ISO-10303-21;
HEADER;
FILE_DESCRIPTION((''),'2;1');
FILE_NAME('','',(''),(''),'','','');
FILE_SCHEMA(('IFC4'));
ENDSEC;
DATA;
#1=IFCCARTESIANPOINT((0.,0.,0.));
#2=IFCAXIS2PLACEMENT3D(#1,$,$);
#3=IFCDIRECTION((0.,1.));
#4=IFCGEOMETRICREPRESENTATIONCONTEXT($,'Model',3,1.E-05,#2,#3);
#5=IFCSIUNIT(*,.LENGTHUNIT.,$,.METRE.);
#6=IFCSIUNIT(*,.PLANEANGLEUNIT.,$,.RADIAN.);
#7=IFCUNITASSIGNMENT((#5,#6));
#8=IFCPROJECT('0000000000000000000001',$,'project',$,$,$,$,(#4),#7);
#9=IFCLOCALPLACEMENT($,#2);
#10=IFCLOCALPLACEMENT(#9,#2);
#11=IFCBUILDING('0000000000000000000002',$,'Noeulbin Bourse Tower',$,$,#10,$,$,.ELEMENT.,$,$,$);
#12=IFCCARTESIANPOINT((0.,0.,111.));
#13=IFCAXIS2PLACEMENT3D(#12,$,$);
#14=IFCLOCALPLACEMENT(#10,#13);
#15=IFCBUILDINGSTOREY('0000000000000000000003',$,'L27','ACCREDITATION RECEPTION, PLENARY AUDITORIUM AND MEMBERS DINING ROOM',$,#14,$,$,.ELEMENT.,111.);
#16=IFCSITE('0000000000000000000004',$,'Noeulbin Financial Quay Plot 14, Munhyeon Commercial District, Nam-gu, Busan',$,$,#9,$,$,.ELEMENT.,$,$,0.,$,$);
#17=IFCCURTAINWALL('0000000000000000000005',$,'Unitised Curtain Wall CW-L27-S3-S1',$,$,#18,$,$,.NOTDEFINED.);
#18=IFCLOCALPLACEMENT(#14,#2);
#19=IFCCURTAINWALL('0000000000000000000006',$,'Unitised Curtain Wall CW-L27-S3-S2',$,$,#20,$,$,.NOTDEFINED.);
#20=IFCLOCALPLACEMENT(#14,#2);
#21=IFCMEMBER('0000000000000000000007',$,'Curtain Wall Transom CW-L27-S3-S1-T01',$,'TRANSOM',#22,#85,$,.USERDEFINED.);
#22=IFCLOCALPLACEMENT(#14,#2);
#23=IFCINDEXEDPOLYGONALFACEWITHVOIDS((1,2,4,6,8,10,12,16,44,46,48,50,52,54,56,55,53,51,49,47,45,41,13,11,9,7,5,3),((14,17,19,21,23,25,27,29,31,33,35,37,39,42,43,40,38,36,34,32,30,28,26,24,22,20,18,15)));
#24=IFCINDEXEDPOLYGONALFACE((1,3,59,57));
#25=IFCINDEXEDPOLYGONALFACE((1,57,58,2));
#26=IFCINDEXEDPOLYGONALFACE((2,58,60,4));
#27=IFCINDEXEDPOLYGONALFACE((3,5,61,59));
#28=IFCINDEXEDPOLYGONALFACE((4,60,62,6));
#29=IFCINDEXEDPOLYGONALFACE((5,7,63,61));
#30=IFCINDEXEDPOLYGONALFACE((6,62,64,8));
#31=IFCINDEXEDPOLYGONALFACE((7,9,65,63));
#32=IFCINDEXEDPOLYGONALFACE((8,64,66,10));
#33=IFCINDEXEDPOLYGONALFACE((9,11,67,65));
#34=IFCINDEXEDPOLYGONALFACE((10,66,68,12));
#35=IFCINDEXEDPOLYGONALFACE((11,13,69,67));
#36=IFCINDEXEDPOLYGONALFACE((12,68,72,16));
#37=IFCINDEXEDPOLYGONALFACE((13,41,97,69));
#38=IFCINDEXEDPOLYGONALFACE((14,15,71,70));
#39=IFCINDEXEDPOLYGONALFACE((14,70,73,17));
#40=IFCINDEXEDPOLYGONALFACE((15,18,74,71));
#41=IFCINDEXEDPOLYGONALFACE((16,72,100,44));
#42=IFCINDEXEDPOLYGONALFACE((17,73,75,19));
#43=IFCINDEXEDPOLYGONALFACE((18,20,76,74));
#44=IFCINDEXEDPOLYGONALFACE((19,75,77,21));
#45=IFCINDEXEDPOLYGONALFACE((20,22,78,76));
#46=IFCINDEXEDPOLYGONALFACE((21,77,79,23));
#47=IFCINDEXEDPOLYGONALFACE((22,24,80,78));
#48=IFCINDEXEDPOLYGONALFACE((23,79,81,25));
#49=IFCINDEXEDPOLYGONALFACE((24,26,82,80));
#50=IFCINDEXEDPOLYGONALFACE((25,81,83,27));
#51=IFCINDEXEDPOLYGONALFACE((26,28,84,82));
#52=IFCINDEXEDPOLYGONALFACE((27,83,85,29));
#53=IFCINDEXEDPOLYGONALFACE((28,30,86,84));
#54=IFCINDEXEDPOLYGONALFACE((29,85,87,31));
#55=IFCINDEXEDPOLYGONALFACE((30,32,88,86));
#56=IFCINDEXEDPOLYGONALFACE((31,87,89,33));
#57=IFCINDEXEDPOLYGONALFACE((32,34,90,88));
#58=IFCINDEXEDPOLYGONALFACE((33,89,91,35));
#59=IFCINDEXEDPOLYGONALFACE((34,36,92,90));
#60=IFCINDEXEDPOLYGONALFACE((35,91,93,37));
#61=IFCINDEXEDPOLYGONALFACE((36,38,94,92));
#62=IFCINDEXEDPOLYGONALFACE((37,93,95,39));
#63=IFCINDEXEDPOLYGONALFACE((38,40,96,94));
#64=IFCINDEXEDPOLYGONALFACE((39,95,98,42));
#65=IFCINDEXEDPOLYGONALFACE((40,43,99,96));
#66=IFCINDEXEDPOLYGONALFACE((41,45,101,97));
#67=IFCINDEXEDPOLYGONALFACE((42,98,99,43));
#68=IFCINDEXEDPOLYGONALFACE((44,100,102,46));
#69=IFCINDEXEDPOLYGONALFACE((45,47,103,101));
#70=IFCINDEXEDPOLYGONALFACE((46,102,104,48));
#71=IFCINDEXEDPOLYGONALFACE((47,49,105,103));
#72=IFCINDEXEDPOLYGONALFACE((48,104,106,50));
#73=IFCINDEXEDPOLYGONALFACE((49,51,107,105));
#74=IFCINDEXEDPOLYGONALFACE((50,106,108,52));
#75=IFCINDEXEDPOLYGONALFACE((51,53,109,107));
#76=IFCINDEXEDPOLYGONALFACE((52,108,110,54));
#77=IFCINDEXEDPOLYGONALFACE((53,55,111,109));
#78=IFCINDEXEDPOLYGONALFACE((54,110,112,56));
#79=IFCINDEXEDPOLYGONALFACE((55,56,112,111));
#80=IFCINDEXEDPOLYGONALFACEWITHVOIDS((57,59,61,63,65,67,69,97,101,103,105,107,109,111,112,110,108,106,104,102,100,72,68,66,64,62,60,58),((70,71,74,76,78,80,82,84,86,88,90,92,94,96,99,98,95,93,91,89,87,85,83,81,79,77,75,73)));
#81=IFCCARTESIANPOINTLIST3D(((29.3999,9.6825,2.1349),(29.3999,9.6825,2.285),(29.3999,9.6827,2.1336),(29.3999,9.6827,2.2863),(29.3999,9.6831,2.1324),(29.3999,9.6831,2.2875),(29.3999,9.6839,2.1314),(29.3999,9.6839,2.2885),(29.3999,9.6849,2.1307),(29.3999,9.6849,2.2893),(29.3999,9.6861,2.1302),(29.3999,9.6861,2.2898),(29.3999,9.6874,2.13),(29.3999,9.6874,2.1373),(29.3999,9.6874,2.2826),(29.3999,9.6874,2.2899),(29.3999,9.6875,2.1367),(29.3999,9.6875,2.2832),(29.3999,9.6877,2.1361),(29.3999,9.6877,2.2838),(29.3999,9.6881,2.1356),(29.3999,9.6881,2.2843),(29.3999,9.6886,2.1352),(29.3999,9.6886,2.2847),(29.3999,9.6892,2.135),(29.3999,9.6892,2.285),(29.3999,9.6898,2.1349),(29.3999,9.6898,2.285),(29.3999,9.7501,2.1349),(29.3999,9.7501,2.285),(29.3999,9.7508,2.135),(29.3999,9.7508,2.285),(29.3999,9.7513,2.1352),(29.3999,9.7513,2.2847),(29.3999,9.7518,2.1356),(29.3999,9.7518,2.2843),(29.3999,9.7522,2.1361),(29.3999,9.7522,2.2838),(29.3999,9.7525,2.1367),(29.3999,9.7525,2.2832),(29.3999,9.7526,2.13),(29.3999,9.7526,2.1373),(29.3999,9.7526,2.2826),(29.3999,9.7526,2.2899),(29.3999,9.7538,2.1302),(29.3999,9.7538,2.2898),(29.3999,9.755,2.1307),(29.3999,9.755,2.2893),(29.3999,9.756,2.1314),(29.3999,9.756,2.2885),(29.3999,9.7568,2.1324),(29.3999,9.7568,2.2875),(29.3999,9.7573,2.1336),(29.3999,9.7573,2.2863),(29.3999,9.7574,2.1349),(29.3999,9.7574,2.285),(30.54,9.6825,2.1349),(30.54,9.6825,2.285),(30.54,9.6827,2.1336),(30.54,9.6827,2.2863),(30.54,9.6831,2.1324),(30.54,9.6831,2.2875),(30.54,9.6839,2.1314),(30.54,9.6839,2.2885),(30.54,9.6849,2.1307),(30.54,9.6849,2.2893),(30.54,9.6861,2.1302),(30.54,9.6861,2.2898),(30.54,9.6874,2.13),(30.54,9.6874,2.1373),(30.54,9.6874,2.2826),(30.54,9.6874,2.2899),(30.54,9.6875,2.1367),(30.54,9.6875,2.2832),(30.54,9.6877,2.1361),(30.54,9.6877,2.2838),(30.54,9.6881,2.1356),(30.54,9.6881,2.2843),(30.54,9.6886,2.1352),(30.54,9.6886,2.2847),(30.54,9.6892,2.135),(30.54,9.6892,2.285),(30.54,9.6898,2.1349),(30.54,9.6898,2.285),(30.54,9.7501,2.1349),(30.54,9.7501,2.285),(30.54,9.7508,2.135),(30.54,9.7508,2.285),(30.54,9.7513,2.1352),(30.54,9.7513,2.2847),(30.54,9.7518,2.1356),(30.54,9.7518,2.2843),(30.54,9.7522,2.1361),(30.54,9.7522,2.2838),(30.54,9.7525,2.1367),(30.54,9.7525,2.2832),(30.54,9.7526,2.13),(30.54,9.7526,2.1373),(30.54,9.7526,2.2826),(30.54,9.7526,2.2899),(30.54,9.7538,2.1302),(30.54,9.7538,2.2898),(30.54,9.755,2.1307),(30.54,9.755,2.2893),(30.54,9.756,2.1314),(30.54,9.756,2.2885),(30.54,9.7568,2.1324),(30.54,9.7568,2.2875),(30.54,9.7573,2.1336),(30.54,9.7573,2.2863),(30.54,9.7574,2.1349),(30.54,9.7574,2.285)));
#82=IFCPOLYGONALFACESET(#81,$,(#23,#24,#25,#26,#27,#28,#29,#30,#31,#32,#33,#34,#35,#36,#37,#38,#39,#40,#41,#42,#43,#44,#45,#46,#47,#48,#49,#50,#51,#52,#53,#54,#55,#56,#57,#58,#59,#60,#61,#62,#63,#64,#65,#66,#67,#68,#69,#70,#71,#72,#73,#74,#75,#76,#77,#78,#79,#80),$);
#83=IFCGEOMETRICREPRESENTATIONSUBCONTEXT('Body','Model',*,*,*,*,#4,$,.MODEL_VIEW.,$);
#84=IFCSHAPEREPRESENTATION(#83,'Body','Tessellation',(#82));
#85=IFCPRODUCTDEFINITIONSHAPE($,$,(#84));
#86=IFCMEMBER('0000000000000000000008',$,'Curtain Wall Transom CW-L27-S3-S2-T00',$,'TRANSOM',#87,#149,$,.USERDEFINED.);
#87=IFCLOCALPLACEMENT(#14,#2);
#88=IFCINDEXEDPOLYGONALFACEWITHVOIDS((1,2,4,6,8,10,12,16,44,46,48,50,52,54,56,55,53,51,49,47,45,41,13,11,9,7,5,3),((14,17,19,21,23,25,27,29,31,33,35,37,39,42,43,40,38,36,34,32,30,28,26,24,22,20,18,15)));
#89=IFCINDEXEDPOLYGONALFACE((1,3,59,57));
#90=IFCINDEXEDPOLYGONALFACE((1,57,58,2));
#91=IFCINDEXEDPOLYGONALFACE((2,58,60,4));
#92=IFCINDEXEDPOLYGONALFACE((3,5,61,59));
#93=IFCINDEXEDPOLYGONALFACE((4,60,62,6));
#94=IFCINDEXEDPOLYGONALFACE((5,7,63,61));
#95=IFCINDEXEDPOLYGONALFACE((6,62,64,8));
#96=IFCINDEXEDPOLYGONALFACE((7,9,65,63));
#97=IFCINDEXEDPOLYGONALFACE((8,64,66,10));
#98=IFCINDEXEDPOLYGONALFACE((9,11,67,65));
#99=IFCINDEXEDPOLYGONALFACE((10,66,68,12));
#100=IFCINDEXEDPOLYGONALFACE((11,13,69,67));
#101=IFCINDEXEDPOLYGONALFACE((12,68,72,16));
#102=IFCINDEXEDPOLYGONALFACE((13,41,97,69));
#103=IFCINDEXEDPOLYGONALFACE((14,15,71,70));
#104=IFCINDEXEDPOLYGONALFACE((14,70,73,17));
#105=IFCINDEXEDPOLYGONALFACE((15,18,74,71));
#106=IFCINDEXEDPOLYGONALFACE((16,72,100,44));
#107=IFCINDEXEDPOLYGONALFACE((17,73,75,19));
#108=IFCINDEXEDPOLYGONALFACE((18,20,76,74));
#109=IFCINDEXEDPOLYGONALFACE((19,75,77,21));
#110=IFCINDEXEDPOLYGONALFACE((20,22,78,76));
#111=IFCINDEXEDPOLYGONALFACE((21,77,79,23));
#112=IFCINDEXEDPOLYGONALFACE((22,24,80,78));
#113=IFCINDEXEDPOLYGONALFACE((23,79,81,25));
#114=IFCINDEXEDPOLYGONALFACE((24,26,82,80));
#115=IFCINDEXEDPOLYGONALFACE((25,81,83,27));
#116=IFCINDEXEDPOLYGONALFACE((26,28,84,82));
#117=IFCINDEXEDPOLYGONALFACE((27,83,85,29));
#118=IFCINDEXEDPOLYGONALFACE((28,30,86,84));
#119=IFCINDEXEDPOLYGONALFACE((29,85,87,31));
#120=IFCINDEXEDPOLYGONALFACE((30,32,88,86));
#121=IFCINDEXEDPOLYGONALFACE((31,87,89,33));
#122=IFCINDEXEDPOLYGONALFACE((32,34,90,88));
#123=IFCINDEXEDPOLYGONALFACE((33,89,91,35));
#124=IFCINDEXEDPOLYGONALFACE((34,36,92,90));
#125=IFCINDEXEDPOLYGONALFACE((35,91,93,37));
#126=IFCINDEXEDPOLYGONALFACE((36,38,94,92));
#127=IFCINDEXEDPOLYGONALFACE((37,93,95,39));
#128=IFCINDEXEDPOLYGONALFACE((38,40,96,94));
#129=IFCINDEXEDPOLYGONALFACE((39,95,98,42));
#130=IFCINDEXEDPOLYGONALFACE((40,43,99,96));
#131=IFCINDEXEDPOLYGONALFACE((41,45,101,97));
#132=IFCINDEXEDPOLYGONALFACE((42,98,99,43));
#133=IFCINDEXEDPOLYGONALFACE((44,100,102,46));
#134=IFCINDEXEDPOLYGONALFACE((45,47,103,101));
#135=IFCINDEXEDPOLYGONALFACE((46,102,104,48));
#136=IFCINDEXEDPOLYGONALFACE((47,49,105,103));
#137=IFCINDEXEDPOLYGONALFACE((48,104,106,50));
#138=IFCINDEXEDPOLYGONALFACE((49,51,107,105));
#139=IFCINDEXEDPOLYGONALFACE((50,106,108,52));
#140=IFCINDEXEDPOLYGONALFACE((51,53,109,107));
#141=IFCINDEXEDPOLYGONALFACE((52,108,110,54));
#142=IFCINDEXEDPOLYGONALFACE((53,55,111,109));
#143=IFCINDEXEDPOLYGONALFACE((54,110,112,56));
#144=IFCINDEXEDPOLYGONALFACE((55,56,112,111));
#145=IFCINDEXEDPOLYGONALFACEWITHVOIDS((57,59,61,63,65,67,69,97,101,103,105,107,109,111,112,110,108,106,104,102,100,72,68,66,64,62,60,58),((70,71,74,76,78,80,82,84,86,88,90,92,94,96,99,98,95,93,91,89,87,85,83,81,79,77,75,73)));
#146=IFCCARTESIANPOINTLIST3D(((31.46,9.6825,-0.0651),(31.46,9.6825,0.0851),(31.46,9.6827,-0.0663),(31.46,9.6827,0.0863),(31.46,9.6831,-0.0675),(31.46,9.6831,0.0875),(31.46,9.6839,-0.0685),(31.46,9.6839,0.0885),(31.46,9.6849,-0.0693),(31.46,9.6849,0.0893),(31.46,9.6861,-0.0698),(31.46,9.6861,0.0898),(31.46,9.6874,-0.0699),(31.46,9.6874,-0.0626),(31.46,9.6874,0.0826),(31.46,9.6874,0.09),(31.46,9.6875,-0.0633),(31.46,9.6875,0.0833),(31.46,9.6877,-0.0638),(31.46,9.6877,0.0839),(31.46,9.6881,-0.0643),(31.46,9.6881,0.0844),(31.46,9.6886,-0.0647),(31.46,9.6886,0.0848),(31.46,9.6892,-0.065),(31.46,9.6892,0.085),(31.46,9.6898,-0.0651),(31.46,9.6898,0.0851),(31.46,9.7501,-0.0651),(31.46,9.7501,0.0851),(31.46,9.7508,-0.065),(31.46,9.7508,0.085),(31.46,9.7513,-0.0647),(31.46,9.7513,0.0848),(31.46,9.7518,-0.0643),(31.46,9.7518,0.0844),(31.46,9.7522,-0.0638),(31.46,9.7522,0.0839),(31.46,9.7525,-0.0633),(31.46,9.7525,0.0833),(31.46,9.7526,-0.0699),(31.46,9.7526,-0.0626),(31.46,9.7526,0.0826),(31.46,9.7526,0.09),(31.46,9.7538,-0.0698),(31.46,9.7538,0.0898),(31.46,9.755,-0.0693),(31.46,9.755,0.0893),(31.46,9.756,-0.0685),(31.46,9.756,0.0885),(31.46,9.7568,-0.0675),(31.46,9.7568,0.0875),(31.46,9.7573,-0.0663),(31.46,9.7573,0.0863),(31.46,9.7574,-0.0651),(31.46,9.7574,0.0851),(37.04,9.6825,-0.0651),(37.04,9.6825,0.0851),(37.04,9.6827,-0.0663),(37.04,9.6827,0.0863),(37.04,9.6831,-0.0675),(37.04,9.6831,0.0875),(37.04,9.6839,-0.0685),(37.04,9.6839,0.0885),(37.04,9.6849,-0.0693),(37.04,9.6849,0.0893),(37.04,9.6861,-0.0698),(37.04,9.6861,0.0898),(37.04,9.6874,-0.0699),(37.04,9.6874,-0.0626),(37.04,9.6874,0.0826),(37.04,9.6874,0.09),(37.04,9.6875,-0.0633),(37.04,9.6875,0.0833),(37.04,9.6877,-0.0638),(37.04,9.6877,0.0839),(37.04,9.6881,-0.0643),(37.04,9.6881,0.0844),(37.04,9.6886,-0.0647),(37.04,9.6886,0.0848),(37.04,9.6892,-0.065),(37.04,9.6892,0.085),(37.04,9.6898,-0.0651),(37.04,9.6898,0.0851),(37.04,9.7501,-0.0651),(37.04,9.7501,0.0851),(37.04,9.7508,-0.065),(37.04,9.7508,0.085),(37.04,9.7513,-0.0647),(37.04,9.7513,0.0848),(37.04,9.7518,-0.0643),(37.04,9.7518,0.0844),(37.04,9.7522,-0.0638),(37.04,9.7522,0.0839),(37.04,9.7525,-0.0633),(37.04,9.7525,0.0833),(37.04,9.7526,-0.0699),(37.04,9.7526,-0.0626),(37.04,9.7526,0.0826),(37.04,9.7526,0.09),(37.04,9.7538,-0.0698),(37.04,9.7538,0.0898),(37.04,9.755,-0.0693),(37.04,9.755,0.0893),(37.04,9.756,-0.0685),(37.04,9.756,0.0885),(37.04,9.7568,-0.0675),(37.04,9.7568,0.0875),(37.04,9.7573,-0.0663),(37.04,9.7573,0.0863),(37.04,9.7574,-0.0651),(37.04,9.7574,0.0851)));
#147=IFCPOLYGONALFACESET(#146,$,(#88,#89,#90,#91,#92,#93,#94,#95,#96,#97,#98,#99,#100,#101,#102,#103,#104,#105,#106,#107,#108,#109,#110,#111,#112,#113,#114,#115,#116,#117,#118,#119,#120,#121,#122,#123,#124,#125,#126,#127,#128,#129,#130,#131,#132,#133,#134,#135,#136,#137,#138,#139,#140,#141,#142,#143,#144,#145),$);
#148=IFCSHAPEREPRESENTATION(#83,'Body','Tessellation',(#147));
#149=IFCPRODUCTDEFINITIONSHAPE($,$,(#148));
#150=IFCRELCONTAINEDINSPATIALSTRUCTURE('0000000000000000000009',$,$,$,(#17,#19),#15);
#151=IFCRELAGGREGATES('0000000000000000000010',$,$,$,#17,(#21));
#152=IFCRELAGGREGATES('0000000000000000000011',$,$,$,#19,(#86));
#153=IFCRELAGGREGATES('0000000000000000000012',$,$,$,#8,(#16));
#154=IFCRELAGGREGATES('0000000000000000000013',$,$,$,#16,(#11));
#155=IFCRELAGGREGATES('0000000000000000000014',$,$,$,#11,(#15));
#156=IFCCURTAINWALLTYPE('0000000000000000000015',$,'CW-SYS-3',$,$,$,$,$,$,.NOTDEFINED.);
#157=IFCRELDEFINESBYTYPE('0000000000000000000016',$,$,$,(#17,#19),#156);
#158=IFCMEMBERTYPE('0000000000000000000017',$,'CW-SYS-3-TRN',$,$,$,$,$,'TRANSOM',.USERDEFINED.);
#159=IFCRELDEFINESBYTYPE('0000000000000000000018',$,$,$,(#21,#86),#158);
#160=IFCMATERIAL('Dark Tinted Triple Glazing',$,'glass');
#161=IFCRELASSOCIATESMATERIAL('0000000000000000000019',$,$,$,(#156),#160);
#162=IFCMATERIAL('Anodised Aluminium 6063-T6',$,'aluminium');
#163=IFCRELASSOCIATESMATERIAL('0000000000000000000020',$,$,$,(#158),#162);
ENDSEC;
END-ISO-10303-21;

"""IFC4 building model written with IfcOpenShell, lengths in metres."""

from ifc_helpers import new_model, si_unit, direction, frame, origin, origin_2d, place, context, subcontext, project, spatial, hollow_rectangle, extrude, material, material_profile, profile_set, type_object, element, aggregate, save


model = new_model("IFC4")

# Units and contexts
model_context = context("Model", 3, precision=1e-05, world=origin(), true_north=direction((0.0, 1.0)))
body_context = subcontext(model_context, "Body", "Model", "MODEL_VIEW")
ifc_project = project(units=[si_unit("LENGTHUNIT", "METRE"), si_unit("PLANEANGLEUNIT", "RADIAN")], contexts=[model_context])

# Site, building, storey
site_placement = place(None, origin())
site = spatial("IfcSite", under=ifc_project, at=site_placement, Name="Noeulbin Financial Quay Plot 14, Munhyeon Commercial District, Nam-gu, Busan", CompositionType="ELEMENT", RefElevation=0.0)
building_placement = place(site_placement, origin())
building = spatial("IfcBuilding", under=site, at=building_placement, Name="Noeulbin Bourse Tower", CompositionType="ELEMENT")
storey_placement = place(building_placement, frame((0.0, 0.0, 111.0)))
storey = spatial("IfcBuildingStorey", under=building, at=storey_placement, Name="L27", Description="ACCREDITATION RECEPTION, PLENARY AUDITORIUM AND MEMBERS DINING ROOM", CompositionType="ELEMENT", Elevation=111.0)

# Curtain walls
ifc_material_1 = material(Name="Dark Tinted Triple Glazing", Category="glass")
curtain_wall_type = type_object("IfcCurtainWallType", Name="CW-SYS-3", PredefinedType="NOTDEFINED", material=ifc_material_1)
curtain_wall_1_placement = place(storey_placement, origin())
curtain_wall_1 = element("IfcCurtainWall", 1, at=curtain_wall_1_placement, inside=storey, type_object=curtain_wall_type, Name="Unitised Curtain Wall CW-L27-S3-S1", PredefinedType="NOTDEFINED")
ifc_material_2 = material(Name="Anodised Aluminium 6063-T6", Category="aluminium")
curtain_wall_2_placement = place(storey_placement, origin())
curtain_wall_2 = element("IfcCurtainWall", 2, at=curtain_wall_2_placement, inside=storey, type_object=curtain_wall_type, Name="Unitised Curtain Wall CW-L27-S3-S2", PredefinedType="NOTDEFINED")

# Members
ifc_material_profile_1 = material_profile(ifc_material_2, hollow_rectangle(XDim=0.075, YDim=0.1599, WallThickness=0.0049, InnerFilletRadius=0.0024, OuterFilletRadius=0.0049, at=origin_2d()), Name="ALU-TRAN-75x160x5", Category="LoadBearing")
ifc_profile_set_1 = profile_set([ifc_material_profile_1], Name="Anodised Aluminium 6063-T6")
member_type_1 = type_object("IfcMemberType", Name="CW-SYS-3-TRN", ElementType="TRANSOM", PredefinedType="USERDEFINED", material=ifc_profile_set_1)
member_1_placement = place(storey_placement, frame((29.3999, 9.72, 2.21), z_axis=(1.0, 0.0, 0.0), x_axis=(0.0, 1.0, 0.0)))
member_1 = element("IfcMember", 3, at=member_1_placement, type_object=member_type_1, Name="Curtain Wall Transom CW-L27-S3-S1-T01", ObjectType="TRANSOM", PredefinedType="USERDEFINED", context=body_context, shape_type="SweptSolid", body=[
    extrude(hollow_rectangle(XDim=0.075, YDim=0.1599, WallThickness=0.0049, InnerFilletRadius=0.0024, OuterFilletRadius=0.0049, at=origin_2d()), origin(), (0.0, 0.0, 1.0), 1.1401),
])
member_2_placement = place(storey_placement, frame((31.46, 9.72, 0.01), z_axis=(1.0, 0.0, 0.0), x_axis=(0.0, 1.0, 0.0)))
member_2 = element("IfcMember", 4, at=member_2_placement, type_object=member_type_1, Name="Curtain Wall Transom CW-L27-S3-S2-T00", ObjectType="TRANSOM", PredefinedType="USERDEFINED", context=body_context, shape_type="SweptSolid", body=[
    extrude(hollow_rectangle(XDim=0.075, YDim=0.1599, WallThickness=0.0049, InnerFilletRadius=0.0024, OuterFilletRadius=0.0049, at=origin_2d()), origin(), (0.0, 0.0, 1.0), 5.5801),
])

aggregate(curtain_wall_1, [member_1])
aggregate(curtain_wall_2, [member_2])

save(model, "model.ifc")
